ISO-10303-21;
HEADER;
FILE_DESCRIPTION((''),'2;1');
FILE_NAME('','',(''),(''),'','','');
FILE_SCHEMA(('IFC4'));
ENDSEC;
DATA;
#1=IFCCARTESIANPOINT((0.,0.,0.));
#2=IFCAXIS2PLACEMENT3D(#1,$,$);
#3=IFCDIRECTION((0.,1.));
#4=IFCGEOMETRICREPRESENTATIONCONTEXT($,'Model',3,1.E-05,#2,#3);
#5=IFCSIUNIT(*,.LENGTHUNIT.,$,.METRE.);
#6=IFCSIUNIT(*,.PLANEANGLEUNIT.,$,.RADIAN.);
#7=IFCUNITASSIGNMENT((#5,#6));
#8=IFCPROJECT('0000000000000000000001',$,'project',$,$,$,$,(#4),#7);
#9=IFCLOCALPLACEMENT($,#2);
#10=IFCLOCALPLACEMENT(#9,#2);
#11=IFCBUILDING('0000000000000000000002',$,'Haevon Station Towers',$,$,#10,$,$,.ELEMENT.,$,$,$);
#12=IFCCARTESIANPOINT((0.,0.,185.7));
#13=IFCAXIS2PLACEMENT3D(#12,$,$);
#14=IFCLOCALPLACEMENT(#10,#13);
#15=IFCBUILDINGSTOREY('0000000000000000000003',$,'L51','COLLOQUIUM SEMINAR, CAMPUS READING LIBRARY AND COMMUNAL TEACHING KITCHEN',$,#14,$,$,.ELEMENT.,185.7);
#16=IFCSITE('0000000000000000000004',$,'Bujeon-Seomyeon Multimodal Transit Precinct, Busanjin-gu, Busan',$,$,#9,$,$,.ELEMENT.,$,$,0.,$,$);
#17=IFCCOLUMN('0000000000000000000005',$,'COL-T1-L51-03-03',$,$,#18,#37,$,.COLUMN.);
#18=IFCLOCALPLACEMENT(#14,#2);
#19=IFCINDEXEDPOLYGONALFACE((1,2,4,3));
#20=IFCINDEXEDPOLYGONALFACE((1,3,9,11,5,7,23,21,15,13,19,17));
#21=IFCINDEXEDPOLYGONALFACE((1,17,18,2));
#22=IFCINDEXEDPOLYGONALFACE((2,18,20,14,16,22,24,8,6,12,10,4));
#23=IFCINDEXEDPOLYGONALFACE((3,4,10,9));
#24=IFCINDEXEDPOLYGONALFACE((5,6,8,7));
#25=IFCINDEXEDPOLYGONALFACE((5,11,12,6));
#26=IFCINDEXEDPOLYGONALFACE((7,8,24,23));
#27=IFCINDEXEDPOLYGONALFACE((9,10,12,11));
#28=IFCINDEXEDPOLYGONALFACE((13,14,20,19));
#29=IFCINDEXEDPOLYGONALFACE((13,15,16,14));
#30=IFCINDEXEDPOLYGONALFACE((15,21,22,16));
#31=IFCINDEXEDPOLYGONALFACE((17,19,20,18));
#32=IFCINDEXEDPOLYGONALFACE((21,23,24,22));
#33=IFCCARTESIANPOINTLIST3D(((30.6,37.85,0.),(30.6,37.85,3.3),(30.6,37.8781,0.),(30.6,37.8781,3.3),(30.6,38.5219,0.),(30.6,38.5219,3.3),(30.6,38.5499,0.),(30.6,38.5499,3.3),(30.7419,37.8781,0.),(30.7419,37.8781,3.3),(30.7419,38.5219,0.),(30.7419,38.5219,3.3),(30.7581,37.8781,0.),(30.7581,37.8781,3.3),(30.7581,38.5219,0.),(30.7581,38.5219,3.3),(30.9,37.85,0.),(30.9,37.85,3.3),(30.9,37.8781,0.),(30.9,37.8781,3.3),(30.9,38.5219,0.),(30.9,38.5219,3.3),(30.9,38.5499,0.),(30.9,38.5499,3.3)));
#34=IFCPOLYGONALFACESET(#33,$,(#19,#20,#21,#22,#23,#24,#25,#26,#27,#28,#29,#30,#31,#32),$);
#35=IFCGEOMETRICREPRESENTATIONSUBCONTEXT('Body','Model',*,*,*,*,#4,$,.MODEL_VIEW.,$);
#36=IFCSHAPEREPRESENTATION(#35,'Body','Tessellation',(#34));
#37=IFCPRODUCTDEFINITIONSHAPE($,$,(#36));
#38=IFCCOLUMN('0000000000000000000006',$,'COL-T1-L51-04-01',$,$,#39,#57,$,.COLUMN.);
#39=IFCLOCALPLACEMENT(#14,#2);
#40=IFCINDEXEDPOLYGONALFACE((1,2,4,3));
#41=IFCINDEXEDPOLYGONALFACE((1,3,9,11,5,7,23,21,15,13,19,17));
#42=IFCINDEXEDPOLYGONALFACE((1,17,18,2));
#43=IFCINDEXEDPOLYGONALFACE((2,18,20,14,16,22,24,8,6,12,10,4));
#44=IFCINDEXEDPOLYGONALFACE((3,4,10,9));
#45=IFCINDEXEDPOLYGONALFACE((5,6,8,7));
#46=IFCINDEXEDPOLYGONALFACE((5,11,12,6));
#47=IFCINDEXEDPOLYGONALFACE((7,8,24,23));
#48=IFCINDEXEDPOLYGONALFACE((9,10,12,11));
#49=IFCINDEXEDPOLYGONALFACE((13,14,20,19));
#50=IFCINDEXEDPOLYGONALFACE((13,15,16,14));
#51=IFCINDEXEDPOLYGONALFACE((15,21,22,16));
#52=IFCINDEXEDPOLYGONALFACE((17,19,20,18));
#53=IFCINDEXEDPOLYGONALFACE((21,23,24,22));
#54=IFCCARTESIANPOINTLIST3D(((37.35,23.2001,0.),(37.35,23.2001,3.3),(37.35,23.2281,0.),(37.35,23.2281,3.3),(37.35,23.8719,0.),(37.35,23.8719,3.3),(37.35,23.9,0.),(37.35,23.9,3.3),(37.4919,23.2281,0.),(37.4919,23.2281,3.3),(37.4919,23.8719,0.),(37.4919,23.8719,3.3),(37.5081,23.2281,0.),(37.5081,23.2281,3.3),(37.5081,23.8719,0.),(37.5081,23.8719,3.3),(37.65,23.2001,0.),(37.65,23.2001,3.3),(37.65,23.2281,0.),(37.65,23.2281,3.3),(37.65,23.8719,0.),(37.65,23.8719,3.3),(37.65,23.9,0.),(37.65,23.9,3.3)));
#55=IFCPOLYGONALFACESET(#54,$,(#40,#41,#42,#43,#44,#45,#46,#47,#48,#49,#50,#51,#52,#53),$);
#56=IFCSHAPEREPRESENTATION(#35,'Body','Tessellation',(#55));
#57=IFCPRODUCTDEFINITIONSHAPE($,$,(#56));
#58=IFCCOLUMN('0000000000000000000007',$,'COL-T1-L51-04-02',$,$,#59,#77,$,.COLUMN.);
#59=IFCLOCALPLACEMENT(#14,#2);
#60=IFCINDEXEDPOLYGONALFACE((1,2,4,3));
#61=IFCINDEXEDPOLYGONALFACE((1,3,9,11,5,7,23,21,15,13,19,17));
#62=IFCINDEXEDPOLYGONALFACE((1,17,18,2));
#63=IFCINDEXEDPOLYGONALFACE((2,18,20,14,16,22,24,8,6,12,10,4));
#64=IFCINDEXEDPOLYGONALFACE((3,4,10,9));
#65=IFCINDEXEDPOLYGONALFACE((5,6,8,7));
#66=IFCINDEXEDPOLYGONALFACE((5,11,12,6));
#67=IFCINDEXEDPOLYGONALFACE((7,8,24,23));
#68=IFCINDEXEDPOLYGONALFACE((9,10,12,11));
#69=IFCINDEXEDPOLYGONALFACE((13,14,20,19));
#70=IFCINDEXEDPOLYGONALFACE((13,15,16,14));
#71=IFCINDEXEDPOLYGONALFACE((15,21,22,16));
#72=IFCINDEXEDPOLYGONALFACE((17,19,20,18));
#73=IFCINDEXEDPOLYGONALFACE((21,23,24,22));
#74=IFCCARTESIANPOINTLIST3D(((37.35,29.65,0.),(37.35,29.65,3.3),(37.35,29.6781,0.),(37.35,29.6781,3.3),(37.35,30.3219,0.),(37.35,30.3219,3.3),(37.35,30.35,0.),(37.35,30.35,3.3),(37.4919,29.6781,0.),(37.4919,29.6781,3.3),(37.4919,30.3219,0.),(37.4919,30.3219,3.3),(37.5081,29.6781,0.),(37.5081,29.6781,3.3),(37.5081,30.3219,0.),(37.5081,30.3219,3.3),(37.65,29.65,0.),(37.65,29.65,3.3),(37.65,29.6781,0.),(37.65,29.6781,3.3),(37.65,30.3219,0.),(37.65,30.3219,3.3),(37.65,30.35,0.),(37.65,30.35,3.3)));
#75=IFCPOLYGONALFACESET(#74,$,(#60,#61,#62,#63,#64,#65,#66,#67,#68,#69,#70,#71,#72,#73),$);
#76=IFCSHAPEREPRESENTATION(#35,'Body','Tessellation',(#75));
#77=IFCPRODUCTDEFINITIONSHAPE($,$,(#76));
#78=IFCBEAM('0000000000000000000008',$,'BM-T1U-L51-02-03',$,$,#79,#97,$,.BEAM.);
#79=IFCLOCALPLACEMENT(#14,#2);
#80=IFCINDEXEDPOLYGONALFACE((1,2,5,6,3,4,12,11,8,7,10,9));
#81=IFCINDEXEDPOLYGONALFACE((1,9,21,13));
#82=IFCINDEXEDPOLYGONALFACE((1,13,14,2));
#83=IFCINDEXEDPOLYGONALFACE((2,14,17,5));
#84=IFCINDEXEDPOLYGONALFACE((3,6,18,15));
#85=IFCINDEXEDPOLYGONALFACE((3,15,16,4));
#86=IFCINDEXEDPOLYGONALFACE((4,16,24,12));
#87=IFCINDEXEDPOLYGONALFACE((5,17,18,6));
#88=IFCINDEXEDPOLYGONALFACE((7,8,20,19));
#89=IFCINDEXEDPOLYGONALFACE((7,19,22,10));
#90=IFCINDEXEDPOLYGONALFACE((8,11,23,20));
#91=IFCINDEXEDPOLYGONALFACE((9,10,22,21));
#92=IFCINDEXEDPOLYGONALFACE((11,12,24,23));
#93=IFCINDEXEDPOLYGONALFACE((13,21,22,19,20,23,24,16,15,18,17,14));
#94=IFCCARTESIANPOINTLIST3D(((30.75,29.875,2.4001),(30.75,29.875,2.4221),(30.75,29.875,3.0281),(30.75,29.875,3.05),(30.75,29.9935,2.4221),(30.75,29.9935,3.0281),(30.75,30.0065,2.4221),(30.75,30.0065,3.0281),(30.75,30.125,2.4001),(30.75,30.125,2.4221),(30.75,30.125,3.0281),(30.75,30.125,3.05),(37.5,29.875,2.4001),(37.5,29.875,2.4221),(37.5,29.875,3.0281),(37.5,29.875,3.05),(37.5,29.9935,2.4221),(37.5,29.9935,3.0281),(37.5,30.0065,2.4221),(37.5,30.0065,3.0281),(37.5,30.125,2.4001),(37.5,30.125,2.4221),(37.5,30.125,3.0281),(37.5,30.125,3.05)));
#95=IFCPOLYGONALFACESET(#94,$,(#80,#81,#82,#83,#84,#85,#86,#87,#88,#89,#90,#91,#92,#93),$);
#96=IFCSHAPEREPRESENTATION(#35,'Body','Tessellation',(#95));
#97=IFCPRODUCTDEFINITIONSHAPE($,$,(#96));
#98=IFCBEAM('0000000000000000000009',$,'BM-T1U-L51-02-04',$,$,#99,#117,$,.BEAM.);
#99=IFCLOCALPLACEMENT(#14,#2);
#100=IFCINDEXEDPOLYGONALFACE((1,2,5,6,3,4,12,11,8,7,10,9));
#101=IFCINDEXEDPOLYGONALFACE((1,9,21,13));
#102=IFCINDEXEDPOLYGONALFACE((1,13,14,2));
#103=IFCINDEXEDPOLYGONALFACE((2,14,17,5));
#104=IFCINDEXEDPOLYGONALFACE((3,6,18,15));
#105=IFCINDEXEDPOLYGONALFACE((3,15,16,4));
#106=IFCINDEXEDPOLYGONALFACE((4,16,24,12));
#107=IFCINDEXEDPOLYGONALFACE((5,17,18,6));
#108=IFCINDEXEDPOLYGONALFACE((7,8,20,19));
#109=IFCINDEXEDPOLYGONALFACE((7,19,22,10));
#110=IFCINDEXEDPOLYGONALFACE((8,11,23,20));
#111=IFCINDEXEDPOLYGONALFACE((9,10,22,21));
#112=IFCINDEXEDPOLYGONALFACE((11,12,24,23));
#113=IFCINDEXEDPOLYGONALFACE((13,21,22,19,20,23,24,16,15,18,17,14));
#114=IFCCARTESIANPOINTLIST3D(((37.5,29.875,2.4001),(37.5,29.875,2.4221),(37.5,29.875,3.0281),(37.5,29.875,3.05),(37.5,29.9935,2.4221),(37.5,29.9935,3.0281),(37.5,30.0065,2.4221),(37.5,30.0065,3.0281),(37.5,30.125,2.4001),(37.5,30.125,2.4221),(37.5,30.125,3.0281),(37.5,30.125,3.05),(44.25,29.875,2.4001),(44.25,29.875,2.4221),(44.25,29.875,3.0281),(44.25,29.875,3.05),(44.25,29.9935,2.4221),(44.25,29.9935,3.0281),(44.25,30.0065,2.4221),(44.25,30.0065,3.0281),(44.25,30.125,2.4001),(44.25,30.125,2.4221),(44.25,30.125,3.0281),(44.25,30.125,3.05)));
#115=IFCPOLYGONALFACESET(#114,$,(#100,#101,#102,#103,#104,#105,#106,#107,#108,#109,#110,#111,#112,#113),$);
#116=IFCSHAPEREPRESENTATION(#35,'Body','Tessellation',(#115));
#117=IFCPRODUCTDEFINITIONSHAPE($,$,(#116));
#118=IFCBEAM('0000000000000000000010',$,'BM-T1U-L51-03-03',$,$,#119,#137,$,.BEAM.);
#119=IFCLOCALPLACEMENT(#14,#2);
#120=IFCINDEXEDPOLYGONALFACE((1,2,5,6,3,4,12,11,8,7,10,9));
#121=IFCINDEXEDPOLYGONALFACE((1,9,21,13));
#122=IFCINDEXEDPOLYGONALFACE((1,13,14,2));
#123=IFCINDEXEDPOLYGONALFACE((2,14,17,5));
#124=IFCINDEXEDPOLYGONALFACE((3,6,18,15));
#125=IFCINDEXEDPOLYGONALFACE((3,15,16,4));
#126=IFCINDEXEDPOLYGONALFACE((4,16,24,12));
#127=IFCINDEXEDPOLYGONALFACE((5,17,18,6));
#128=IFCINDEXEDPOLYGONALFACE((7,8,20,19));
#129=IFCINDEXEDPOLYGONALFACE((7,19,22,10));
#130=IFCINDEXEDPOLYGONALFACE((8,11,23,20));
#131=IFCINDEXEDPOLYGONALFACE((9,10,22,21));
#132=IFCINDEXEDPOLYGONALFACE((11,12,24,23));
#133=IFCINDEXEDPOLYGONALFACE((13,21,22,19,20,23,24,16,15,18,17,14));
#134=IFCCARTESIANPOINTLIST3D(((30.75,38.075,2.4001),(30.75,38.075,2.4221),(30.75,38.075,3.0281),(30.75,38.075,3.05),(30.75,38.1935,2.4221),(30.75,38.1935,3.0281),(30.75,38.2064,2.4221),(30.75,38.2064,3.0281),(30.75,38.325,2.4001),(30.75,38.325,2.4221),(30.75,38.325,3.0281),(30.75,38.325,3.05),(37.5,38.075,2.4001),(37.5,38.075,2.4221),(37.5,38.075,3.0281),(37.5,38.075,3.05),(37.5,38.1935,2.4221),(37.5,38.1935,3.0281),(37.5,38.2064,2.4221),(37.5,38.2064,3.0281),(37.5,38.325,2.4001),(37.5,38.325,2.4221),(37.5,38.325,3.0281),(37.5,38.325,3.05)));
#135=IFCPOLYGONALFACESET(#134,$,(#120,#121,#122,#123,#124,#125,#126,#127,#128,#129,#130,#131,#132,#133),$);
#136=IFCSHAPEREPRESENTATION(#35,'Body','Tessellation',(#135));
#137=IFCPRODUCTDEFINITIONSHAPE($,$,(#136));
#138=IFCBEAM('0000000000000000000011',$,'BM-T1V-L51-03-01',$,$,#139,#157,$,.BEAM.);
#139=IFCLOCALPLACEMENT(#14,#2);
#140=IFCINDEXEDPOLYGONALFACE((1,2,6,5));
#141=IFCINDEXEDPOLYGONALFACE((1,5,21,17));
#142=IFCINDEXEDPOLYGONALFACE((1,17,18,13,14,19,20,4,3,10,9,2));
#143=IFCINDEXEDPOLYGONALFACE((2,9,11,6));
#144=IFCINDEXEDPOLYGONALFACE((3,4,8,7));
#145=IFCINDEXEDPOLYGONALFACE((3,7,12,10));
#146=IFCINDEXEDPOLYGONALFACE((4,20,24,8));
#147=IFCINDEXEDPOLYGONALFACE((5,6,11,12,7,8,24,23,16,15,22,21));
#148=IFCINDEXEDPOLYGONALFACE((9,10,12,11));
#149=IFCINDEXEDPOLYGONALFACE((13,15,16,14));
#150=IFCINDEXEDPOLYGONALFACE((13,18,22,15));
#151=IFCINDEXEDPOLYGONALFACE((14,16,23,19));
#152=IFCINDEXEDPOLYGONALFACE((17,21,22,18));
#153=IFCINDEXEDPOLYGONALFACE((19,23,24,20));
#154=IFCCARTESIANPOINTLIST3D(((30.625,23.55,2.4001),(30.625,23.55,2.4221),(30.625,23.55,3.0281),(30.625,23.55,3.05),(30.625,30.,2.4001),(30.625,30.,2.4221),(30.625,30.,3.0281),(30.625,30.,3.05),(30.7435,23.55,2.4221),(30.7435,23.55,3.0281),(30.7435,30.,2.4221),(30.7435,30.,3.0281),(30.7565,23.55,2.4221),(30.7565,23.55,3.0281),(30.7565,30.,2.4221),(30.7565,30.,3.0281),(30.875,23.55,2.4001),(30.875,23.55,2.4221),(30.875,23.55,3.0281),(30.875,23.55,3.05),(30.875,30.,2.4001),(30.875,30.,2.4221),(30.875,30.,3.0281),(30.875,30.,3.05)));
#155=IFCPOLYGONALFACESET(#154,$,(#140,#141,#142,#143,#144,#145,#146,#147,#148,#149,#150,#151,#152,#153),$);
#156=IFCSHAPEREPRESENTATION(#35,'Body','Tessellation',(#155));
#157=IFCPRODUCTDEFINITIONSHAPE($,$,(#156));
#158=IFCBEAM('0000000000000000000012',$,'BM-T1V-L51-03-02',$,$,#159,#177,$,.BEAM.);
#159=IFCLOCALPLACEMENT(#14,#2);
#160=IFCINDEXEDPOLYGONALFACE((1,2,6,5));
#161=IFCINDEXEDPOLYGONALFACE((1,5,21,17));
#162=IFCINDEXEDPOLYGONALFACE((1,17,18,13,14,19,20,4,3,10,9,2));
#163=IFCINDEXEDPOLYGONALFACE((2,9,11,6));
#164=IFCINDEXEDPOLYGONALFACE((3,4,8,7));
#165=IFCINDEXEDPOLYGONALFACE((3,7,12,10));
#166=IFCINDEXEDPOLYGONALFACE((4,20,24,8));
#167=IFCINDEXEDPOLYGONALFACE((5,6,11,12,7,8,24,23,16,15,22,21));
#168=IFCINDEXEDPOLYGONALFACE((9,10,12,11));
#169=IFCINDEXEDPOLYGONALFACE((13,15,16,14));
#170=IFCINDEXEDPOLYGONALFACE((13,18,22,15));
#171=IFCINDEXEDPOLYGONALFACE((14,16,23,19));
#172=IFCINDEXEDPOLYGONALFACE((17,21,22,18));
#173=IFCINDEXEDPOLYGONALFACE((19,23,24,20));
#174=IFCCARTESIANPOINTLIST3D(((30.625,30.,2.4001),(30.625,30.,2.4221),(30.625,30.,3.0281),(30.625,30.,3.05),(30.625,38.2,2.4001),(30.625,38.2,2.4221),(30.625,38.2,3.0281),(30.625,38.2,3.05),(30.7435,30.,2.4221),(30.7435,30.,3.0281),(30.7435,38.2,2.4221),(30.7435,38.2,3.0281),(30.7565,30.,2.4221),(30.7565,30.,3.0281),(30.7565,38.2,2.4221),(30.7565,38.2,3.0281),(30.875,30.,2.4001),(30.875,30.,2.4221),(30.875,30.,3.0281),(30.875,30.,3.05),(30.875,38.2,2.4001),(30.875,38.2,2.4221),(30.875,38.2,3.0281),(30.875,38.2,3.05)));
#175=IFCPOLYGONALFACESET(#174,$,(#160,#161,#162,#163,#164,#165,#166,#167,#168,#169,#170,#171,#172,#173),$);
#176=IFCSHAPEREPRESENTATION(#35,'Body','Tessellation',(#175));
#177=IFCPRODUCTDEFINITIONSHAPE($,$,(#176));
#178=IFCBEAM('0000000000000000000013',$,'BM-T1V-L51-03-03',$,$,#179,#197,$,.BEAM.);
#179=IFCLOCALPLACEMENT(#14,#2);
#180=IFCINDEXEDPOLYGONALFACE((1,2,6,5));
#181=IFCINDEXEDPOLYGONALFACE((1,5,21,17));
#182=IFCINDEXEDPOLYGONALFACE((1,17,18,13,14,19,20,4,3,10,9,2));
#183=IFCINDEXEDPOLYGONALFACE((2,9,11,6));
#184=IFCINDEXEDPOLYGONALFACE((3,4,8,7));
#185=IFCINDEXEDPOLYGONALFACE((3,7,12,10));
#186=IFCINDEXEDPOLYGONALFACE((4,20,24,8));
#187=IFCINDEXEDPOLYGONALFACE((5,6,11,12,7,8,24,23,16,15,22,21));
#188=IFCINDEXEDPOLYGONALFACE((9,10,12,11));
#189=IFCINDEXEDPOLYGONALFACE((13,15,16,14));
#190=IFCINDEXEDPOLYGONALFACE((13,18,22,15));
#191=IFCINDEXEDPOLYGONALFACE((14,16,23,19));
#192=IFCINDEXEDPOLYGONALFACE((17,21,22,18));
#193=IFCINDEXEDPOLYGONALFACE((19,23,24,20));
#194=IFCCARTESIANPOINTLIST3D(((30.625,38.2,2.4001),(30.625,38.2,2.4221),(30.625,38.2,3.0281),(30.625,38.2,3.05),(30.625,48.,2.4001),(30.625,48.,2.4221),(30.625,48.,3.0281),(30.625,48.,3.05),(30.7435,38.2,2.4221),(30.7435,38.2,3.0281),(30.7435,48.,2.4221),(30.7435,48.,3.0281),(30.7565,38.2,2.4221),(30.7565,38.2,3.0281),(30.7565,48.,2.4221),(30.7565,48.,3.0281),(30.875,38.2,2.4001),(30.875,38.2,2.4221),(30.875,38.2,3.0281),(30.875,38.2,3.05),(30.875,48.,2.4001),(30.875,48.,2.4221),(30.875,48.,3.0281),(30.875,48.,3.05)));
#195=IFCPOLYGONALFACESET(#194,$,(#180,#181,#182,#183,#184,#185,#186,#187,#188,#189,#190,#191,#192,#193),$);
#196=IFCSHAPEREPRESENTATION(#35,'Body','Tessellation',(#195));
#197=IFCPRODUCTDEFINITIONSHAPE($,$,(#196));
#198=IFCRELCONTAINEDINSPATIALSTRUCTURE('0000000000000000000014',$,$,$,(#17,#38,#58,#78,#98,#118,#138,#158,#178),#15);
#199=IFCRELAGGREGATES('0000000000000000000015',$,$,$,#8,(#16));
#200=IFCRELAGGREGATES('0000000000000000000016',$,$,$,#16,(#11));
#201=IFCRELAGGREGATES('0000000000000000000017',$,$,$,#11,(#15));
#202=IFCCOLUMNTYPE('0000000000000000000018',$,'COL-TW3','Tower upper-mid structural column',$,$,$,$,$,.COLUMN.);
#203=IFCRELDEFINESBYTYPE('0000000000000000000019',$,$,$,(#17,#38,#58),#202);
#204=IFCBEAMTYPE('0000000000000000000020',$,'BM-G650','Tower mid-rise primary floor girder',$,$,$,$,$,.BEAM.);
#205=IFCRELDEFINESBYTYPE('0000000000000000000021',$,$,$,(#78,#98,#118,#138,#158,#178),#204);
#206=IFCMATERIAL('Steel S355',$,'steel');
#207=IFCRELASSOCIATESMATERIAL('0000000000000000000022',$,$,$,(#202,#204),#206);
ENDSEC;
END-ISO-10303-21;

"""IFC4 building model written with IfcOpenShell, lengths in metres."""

from ifc_helpers import new_model, si_unit, direction, frame, origin, origin_2d, place, context, subcontext, project, spatial, i_section, extrude, material, material_profile, profile_set, type_object, element, save


model = new_model("IFC4")

# Units and contexts
model_context = context("Model", 3, precision=1e-05, world=origin(), true_north=direction((0.0, 1.0)))
body_context = subcontext(model_context, "Body", "Model", "MODEL_VIEW")
ifc_project = project(units=[si_unit("LENGTHUNIT", "METRE"), si_unit("PLANEANGLEUNIT", "RADIAN")], contexts=[model_context])

# Site, building, storey
site_placement = place(None, origin())
site = spatial("IfcSite", under=ifc_project, at=site_placement, Name="Bujeon-Seomyeon Multimodal Transit Precinct, Busanjin-gu, Busan", CompositionType="ELEMENT", RefElevation=0.0)
building_placement = place(site_placement, origin())
building = spatial("IfcBuilding", under=site, at=building_placement, Name="Haevon Station Towers", CompositionType="ELEMENT")
storey_placement = place(building_placement, frame((0.0, 0.0, 185.7)))
storey = spatial("IfcBuildingStorey", under=building, at=storey_placement, Name="L51", Description="COLLOQUIUM SEMINAR, CAMPUS READING LIBRARY AND COMMUNAL TEACHING KITCHEN", CompositionType="ELEMENT", Elevation=185.7)

# Columns
ifc_material_1 = material(Name="Steel S355", Category="steel")
ifc_material_profile_1 = material_profile(ifc_material_1, i_section(OverallWidth=0.3, OverallDepth=0.7, WebThickness=0.0161, FlangeThickness=0.0281, at=origin_2d()), Name="H-700x300x16x28")
ifc_profile_set_1 = profile_set([ifc_material_profile_1], Name="Steel S355")
column_type = type_object("IfcColumnType", Name="COL-TW3", Description="Tower upper-mid structural column", PredefinedType="COLUMN", material=ifc_profile_set_1)
for number, where, z_axis, x_axis, name in (
    (1, (30.75, 38.2, 0.0), (0.0, 0.0, 1.0), (1.0, 0.0, 0.0), "COL-T1-L51-03-03"),
    (2, (37.5, 23.55, 0.0), (0.0, 0.0, 1.0), (1.0, 0.0, 0.0), "COL-T1-L51-04-01"),
    (3, (37.5, 30.0, 0.0), (0.0, 0.0, 1.0), (1.0, 0.0, 0.0), "COL-T1-L51-04-02"),
):
    element("IfcColumn", number, at=place(storey_placement, frame(where, z_axis=z_axis, x_axis=x_axis)), inside=storey, type_object=column_type, Name=name, PredefinedType="COLUMN", context=body_context, shape_type="SweptSolid", body=[
        extrude(i_section(OverallWidth=0.3, OverallDepth=0.7, WebThickness=0.0161, FlangeThickness=0.0281, at=origin_2d()), origin(), (0.0, 0.0, 1.0), 3.3),
    ])

# Beams
ifc_material_profile_2 = material_profile(ifc_material_1, i_section(OverallWidth=0.25, OverallDepth=0.6499, WebThickness=0.0129, FlangeThickness=0.022, at=origin_2d()), Name="H-650x250x13x22")
ifc_profile_set_2 = profile_set([ifc_material_profile_2], Name="Steel S355")
beam_type_1 = type_object("IfcBeamType", Name="BM-G650", Description="Tower mid-rise primary floor girder", PredefinedType="BEAM", material=ifc_profile_set_2)
for number, where, z_axis, x_axis, name in (
    (4, (30.75, 30.0, 2.7251), (1.0, 0.0, 0.0), (0.0, 1.0, 0.0), "BM-T1U-L51-02-03"),
    (5, (37.5, 30.0, 2.7251), (1.0, 0.0, 0.0), (0.0, 1.0, 0.0), "BM-T1U-L51-02-04"),
    (6, (30.75, 38.2, 2.7251), (1.0, 0.0, 0.0), (0.0, 1.0, 0.0), "BM-T1U-L51-03-03"),
):
    element("IfcBeam", number, at=place(storey_placement, frame(where, z_axis=z_axis, x_axis=x_axis)), inside=storey, type_object=beam_type_1, Name=name, PredefinedType="BEAM", context=body_context, shape_type="SweptSolid", body=[
        extrude(i_section(OverallWidth=0.25, OverallDepth=0.6499, WebThickness=0.0129, FlangeThickness=0.022, at=origin_2d()), origin(), (0.0, 0.0, 1.0), 6.75),
    ])
beam_1_placement = place(storey_placement, frame((30.75, 23.55, 2.7251), z_axis=(0.0, 1.0, 0.0), x_axis=(-1.0, 0.0, 0.0)))
element("IfcBeam", 7, at=beam_1_placement, inside=storey, type_object=beam_type_1, Name="BM-T1V-L51-03-01", PredefinedType="BEAM", context=body_context, shape_type="SweptSolid", body=[
    extrude(i_section(OverallWidth=0.25, OverallDepth=0.6499, WebThickness=0.0129, FlangeThickness=0.022, at=origin_2d()), origin(), (0.0, 0.0, 1.0), 6.45),
])
beam_2_placement = place(storey_placement, frame((30.75, 30.0, 2.7251), z_axis=(0.0, 1.0, 0.0), x_axis=(-1.0, 0.0, 0.0)))
element("IfcBeam", 8, at=beam_2_placement, inside=storey, type_object=beam_type_1, Name="BM-T1V-L51-03-02", PredefinedType="BEAM", context=body_context, shape_type="SweptSolid", body=[
    extrude(i_section(OverallWidth=0.25, OverallDepth=0.6499, WebThickness=0.0129, FlangeThickness=0.022, at=origin_2d()), origin(), (0.0, 0.0, 1.0), 8.2),
])
beam_3_placement = place(storey_placement, frame((30.75, 38.2, 2.7251), z_axis=(0.0, 1.0, 0.0), x_axis=(-1.0, 0.0, 0.0)))
element("IfcBeam", 9, at=beam_3_placement, inside=storey, type_object=beam_type_1, Name="BM-T1V-L51-03-03", PredefinedType="BEAM", context=body_context, shape_type="SweptSolid", body=[
    extrude(i_section(OverallWidth=0.25, OverallDepth=0.6499, WebThickness=0.0129, FlangeThickness=0.022, at=origin_2d()), origin(), (0.0, 0.0, 1.0), 9.8),
])

save(model, "model.ifc")
